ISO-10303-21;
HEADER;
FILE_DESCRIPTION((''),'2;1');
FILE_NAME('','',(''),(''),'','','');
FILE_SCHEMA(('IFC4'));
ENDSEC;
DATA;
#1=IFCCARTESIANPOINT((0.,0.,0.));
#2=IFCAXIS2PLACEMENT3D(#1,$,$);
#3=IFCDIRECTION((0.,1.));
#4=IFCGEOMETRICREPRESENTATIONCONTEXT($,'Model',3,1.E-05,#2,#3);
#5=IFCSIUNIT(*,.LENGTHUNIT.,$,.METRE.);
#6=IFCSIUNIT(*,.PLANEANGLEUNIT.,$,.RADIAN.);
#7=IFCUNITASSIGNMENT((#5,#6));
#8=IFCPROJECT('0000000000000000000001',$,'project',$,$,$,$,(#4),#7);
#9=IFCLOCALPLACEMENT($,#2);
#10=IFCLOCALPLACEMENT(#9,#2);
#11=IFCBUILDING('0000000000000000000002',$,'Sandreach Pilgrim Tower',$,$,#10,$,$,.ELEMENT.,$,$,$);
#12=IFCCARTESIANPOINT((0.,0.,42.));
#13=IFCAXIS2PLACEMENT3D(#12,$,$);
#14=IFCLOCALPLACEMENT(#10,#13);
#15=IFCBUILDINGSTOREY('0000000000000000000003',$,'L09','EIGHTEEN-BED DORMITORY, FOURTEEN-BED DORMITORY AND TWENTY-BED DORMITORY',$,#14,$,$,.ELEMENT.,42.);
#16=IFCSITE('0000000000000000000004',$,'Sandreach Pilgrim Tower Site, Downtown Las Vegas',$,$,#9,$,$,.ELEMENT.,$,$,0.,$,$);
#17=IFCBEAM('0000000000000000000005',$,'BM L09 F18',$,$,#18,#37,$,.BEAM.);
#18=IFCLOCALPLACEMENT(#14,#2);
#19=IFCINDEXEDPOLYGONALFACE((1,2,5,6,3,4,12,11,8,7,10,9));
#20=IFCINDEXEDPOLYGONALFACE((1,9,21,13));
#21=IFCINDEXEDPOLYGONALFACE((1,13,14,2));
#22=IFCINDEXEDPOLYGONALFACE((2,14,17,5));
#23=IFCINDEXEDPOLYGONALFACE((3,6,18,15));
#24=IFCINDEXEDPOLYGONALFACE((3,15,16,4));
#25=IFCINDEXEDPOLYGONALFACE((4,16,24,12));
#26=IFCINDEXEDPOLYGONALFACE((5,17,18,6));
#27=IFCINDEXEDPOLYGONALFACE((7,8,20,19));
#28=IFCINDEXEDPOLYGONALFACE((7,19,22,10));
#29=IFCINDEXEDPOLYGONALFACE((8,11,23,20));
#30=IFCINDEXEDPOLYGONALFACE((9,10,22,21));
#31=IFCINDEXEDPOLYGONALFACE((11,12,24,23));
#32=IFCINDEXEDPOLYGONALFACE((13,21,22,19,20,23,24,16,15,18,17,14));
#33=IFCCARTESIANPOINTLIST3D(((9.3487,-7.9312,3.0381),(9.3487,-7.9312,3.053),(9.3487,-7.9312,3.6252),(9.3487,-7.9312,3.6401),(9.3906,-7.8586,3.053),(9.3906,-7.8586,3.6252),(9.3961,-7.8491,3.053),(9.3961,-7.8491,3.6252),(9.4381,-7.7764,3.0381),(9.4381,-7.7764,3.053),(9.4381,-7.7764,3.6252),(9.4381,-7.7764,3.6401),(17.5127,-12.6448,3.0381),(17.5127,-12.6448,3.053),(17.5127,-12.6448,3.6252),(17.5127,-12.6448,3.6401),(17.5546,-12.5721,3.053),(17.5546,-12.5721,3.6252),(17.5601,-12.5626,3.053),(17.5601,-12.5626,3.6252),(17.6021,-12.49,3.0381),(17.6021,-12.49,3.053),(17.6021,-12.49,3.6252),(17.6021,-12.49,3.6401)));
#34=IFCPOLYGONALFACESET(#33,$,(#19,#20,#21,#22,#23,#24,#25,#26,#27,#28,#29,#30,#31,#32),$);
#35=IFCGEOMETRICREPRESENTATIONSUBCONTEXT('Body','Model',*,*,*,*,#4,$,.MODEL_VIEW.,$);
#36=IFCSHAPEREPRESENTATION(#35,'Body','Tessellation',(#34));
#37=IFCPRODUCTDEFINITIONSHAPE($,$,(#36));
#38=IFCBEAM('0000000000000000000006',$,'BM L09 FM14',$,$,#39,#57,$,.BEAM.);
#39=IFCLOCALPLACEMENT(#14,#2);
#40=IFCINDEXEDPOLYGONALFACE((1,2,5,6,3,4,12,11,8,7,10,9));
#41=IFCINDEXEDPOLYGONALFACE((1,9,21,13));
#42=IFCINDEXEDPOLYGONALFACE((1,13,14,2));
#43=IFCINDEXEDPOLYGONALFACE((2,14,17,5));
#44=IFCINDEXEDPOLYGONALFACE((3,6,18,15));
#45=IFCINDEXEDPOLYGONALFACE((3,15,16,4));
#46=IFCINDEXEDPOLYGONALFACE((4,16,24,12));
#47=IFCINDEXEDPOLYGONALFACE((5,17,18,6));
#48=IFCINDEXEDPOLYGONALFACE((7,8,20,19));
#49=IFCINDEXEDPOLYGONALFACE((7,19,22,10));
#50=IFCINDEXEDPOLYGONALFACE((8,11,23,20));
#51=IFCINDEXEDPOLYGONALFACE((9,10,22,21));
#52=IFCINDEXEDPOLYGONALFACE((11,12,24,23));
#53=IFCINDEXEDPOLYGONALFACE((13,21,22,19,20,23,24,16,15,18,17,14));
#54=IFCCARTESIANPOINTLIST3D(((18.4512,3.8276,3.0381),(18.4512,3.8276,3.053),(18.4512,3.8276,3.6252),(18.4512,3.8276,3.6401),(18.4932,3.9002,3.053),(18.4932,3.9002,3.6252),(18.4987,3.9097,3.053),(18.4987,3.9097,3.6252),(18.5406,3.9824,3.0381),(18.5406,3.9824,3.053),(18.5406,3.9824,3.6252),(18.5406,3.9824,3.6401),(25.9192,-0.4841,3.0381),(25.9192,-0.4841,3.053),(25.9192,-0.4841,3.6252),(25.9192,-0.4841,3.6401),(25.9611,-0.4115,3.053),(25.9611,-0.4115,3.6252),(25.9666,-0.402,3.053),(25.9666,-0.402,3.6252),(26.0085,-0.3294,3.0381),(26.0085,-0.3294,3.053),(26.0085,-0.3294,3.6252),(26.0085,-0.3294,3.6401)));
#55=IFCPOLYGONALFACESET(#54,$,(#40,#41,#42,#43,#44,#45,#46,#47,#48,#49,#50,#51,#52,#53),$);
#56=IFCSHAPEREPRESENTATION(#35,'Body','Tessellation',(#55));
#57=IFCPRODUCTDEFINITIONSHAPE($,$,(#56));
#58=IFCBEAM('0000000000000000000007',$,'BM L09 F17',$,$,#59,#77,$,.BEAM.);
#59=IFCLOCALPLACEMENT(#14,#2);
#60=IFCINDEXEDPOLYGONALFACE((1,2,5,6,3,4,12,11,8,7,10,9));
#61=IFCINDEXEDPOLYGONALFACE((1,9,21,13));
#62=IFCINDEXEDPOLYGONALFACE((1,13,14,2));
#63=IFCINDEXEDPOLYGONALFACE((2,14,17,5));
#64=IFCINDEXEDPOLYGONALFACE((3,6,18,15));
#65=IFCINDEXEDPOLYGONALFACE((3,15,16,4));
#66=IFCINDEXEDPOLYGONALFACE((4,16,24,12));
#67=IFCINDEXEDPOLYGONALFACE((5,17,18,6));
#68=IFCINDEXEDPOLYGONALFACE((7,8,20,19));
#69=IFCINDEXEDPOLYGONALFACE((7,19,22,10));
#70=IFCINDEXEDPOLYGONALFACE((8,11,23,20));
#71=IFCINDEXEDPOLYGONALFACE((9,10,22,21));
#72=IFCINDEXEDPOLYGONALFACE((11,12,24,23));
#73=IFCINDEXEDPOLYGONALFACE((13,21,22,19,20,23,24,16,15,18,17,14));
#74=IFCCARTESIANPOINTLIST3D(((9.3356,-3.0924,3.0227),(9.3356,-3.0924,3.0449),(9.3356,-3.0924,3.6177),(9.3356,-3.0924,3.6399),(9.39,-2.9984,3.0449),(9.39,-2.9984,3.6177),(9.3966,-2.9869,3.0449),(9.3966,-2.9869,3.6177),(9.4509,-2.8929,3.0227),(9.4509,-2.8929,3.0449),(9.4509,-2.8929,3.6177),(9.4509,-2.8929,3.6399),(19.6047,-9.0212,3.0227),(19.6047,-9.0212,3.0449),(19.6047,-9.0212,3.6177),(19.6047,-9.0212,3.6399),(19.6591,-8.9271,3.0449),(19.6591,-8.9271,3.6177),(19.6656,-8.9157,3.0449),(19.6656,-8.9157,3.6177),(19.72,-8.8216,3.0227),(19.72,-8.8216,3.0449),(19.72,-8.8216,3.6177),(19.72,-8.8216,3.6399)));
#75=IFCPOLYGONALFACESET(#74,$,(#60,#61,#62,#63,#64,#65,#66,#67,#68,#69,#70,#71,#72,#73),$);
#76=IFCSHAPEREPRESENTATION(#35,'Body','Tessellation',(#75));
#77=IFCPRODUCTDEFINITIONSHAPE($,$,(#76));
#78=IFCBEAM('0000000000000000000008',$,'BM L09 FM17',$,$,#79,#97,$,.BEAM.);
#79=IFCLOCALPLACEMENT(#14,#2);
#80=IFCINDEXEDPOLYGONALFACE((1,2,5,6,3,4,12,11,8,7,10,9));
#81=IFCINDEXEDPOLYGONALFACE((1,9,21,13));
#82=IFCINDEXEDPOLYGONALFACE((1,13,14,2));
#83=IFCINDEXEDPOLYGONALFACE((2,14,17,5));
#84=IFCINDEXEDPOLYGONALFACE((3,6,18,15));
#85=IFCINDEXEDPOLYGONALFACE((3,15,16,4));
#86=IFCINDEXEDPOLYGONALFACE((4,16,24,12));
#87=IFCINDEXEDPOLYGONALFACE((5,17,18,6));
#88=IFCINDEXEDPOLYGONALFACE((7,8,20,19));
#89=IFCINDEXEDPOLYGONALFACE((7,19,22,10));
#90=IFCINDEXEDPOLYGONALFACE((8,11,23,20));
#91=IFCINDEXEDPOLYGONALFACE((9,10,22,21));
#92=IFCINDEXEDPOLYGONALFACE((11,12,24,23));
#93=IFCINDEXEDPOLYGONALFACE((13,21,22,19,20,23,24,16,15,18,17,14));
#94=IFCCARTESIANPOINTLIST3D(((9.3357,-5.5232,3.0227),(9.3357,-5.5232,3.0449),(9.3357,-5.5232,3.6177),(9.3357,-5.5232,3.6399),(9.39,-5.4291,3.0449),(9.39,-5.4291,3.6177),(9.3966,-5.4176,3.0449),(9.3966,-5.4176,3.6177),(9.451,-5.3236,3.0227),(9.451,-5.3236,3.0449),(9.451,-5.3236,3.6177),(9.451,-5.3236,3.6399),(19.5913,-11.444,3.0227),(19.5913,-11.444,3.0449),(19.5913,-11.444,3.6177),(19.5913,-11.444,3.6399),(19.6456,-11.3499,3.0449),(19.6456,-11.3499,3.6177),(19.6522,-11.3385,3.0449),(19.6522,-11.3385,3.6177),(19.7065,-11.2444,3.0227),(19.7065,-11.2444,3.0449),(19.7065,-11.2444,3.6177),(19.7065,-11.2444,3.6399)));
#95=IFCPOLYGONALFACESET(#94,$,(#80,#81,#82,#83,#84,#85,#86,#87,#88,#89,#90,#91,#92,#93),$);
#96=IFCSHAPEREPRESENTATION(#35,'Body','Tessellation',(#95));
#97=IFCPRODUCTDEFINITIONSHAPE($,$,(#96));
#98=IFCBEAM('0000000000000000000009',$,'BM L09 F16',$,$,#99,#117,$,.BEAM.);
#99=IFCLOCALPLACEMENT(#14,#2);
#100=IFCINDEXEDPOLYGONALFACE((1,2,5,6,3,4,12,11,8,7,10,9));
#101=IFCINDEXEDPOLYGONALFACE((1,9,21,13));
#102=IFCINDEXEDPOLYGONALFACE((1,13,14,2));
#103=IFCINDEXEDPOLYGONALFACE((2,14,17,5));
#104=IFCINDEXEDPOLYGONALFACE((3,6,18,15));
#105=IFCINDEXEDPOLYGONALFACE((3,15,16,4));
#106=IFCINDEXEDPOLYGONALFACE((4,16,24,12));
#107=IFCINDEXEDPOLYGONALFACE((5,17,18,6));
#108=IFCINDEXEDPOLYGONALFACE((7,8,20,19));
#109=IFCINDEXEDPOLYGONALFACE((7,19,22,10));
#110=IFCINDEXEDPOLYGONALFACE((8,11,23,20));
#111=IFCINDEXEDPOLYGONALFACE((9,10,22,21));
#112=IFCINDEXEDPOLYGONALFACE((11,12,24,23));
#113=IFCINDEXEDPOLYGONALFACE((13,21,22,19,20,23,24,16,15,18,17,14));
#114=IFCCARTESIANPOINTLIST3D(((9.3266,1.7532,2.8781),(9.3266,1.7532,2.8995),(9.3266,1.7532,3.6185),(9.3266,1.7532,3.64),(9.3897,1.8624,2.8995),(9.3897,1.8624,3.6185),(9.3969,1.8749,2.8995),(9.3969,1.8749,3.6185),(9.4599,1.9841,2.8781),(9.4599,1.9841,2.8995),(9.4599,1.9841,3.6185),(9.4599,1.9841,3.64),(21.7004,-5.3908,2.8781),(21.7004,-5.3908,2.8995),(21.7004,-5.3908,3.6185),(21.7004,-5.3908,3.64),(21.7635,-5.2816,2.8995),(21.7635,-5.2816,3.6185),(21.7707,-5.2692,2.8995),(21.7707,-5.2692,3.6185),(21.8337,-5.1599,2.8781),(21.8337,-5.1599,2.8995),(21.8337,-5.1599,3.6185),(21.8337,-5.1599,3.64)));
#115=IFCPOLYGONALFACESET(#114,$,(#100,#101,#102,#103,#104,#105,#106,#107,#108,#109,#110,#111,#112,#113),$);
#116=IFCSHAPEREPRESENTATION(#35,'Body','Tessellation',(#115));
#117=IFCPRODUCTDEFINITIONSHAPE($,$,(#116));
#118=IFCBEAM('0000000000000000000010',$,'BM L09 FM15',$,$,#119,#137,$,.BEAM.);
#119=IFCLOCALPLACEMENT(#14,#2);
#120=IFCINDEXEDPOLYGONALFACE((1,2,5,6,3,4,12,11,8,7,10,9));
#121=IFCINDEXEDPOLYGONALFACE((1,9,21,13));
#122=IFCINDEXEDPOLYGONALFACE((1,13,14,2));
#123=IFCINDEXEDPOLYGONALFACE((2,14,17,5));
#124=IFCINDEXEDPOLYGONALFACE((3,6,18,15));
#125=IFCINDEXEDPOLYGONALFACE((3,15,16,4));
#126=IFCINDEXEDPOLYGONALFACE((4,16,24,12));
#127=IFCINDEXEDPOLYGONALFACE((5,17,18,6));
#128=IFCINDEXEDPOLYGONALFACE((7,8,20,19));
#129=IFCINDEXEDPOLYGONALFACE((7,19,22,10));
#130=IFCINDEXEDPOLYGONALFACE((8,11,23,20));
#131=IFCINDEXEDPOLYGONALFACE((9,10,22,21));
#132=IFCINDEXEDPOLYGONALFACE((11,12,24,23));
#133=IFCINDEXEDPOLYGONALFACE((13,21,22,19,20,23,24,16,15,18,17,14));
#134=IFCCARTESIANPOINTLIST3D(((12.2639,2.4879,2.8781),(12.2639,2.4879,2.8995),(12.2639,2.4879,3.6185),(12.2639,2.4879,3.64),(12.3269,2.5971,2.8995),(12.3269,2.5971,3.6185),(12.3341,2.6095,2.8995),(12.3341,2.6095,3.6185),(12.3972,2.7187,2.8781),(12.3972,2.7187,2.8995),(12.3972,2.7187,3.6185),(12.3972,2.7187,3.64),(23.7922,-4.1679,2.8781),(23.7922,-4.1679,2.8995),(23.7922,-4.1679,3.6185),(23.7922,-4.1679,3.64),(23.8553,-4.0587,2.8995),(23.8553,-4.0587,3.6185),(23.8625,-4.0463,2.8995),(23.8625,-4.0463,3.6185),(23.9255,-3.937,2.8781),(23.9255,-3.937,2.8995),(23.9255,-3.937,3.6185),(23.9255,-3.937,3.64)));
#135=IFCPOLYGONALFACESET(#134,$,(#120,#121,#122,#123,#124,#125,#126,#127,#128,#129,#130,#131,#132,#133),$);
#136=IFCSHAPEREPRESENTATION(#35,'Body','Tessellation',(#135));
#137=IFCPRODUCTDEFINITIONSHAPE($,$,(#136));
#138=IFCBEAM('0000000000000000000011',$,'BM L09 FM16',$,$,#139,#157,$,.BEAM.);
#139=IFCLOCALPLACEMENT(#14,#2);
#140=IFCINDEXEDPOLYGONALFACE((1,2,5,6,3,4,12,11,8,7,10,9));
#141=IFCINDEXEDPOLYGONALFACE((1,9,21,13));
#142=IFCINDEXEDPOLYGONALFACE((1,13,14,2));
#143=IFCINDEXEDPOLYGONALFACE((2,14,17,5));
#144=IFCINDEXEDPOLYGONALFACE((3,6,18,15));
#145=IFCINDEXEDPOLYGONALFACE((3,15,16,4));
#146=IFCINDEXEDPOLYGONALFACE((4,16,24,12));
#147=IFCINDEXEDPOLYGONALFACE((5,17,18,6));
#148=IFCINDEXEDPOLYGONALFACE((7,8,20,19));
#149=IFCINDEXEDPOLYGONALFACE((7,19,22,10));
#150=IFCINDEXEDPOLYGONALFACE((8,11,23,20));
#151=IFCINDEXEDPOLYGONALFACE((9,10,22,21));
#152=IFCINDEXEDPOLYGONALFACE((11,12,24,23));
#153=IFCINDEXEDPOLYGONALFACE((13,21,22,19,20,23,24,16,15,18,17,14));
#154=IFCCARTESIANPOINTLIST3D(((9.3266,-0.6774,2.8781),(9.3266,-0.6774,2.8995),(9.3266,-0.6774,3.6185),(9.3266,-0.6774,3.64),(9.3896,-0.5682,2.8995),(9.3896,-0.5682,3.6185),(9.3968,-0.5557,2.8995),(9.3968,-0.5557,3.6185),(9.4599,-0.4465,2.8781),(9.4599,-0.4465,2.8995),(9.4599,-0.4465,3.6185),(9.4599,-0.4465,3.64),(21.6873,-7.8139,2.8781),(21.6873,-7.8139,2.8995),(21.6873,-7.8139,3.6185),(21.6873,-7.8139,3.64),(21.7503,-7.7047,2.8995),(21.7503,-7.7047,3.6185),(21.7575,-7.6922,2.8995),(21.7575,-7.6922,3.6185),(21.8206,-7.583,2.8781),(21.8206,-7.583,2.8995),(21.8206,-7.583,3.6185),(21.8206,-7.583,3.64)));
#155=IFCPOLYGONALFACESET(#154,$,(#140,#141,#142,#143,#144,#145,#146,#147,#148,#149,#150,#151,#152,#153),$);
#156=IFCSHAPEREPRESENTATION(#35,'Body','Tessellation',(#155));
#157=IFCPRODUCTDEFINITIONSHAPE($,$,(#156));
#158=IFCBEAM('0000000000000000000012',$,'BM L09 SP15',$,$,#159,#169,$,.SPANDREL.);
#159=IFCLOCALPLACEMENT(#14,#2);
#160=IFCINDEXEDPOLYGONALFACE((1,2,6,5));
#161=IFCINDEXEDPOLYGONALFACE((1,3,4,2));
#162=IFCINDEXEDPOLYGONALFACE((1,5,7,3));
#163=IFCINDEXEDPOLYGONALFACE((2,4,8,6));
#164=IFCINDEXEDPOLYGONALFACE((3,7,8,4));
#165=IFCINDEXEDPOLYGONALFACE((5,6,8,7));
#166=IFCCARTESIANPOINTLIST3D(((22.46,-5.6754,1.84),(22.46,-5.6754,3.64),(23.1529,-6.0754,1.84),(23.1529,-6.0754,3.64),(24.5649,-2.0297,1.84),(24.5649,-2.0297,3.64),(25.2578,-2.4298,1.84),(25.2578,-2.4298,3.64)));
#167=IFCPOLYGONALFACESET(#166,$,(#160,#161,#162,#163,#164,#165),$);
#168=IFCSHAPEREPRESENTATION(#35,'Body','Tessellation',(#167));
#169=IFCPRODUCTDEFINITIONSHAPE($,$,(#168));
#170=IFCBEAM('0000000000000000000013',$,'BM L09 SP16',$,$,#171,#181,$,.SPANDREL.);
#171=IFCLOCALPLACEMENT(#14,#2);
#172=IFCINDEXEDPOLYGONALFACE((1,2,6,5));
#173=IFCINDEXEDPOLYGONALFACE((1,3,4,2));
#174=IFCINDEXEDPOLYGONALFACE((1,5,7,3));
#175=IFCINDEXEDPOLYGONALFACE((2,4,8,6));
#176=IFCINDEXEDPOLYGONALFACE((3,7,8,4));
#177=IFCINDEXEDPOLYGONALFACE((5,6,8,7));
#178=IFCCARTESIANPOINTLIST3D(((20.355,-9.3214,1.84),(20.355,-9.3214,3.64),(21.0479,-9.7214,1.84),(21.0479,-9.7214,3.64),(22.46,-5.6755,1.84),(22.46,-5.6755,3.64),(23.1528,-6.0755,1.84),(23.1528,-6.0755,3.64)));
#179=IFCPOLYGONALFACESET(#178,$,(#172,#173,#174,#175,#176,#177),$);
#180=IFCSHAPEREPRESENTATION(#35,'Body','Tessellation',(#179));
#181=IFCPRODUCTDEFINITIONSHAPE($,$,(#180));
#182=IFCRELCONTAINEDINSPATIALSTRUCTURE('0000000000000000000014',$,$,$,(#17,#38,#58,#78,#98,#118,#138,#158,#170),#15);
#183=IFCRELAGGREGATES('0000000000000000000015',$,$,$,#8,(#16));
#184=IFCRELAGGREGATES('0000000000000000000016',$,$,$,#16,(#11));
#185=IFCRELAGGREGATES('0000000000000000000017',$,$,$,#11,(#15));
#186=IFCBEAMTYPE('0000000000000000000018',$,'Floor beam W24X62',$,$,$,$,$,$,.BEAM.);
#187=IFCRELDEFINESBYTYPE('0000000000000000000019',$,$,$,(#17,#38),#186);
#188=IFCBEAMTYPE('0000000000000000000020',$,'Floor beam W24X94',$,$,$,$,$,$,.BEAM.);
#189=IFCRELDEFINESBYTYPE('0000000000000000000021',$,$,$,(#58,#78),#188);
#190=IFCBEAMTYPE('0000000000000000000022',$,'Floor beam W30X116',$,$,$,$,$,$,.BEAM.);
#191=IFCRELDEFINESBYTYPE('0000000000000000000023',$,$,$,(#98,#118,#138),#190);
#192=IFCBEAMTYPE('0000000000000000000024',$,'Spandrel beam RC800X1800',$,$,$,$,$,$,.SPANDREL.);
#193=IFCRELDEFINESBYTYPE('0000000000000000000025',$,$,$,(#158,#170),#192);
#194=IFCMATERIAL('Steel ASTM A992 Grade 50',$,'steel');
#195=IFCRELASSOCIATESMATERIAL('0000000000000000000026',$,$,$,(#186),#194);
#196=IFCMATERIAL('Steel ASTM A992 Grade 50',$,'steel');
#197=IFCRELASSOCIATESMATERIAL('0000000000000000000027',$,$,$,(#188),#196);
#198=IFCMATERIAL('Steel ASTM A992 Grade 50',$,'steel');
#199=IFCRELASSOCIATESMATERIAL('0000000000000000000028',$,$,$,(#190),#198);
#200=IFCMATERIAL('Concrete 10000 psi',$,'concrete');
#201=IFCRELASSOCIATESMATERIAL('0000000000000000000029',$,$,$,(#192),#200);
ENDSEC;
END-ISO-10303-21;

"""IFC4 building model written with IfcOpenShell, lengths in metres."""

from ifc_helpers import new_model, si_unit, direction, frame, origin, origin_2d, place, context, subcontext, project, spatial, rectangle, i_section, extrude, material, material_profile, profile_set, type_object, element, save


model = new_model("IFC4")

# Units and contexts
model_context = context("Model", 3, precision=1e-05, world=origin(), true_north=direction((0.0, 1.0)))
body_context = subcontext(model_context, "Body", "Model", "MODEL_VIEW")
ifc_project = project(units=[si_unit("LENGTHUNIT", "METRE"), si_unit("PLANEANGLEUNIT", "RADIAN")], contexts=[model_context])

# Site, building, storey
site_placement = place(None, origin())
site = spatial("IfcSite", under=ifc_project, at=site_placement, Name="Sandreach Pilgrim Tower Site, Downtown Las Vegas", CompositionType="ELEMENT", RefElevation=0.0)
building_placement = place(site_placement, origin())
building = spatial("IfcBuilding", under=site, at=building_placement, Name="Sandreach Pilgrim Tower", CompositionType="ELEMENT")
storey_placement = place(building_placement, frame((0.0, 0.0, 42.0)))
storey = spatial("IfcBuildingStorey", under=building, at=storey_placement, Name="L09", Description="EIGHTEEN-BED DORMITORY, FOURTEEN-BED DORMITORY AND TWENTY-BED DORMITORY", CompositionType="ELEMENT", Elevation=42.0)

# Beams
ifc_material_1 = material(Name="Steel ASTM A992 Grade 50", Category="steel")
ifc_material_profile_1 = material_profile(ifc_material_1, i_section(OverallWidth=0.1787, OverallDepth=0.6021, WebThickness=0.011, FlangeThickness=0.0149, at=origin_2d()), Name="W24X62")
ifc_profile_set_1 = profile_set([ifc_material_profile_1], Name="Steel ASTM A992 Grade 50")
beam_type_1 = type_object("IfcBeamType", Name="Floor beam W24X62", PredefinedType="BEAM", material=ifc_profile_set_1)
beam_1_placement = place(storey_placement, frame((17.5574, -12.5674, 3.3391), z_axis=(-0.866021, 0.500008, 0.0), x_axis=(-0.500008, -0.866021, 0.0)))
element("IfcBeam", 1, at=beam_1_placement, inside=storey, type_object=beam_type_1, Name="BM L09 F18", PredefinedType="BEAM", context=body_context, shape_type="SweptSolid", body=[
    extrude(i_section(OverallWidth=0.1787, OverallDepth=0.6021, WebThickness=0.011, FlangeThickness=0.0149, at=origin_2d()), origin(), (0.0, 0.0, 1.0), 9.427),
])
beam_2_placement = place(storey_placement, frame((25.9639, -0.4067, 3.3391), z_axis=(-0.86602, 0.500009, 0.0), x_axis=(-0.500009, -0.86602, 0.0)))
element("IfcBeam", 2, at=beam_2_placement, inside=storey, type_object=beam_type_1, Name="BM L09 FM14", PredefinedType="BEAM", context=body_context, shape_type="SweptSolid", body=[
    extrude(i_section(OverallWidth=0.1787, OverallDepth=0.6021, WebThickness=0.011, FlangeThickness=0.0149, at=origin_2d()), origin(), (0.0, 0.0, 1.0), 8.6233),
])
ifc_material_2 = material(Name="Steel ASTM A992 Grade 50", Category="steel")
ifc_material_profile_2 = material_profile(ifc_material_2, i_section(OverallWidth=0.2305, OverallDepth=0.6172, WebThickness=0.0132, FlangeThickness=0.0222, at=origin_2d()), Name="W24X94")
ifc_profile_set_2 = profile_set([ifc_material_profile_2], Name="Steel ASTM A992 Grade 50")
beam_type_2 = type_object("IfcBeamType", Name="Floor beam W24X94", PredefinedType="BEAM", material=ifc_profile_set_2)
beam_3_placement = place(storey_placement, frame((19.6624, -8.9214, 3.3313), z_axis=(-0.86603, 0.499992, 0.0), x_axis=(-0.499992, -0.86603, 0.0)))
element("IfcBeam", 3, at=beam_3_placement, inside=storey, type_object=beam_type_2, Name="BM L09 F17", PredefinedType="BEAM", context=body_context, shape_type="SweptSolid", body=[
    extrude(i_section(OverallWidth=0.2305, OverallDepth=0.6172, WebThickness=0.0132, FlangeThickness=0.0222, at=origin_2d()), origin(), (0.0, 0.0, 1.0), 11.8577),
])
beam_4_placement = place(storey_placement, frame((19.6489, -11.3442, 3.3313), z_axis=(-0.866032, 0.499988, 0.0), x_axis=(-0.499988, -0.866032, 0.0)))
element("IfcBeam", 4, at=beam_4_placement, inside=storey, type_object=beam_type_2, Name="BM L09 FM17", PredefinedType="BEAM", context=body_context, shape_type="SweptSolid", body=[
    extrude(i_section(OverallWidth=0.2305, OverallDepth=0.6172, WebThickness=0.0132, FlangeThickness=0.0222, at=origin_2d()), origin(), (0.0, 0.0, 1.0), 11.842),
])
ifc_material_3 = material(Name="Steel ASTM A992 Grade 50", Category="steel")
ifc_material_profile_3 = material_profile(ifc_material_3, i_section(OverallWidth=0.2666, OverallDepth=0.762, WebThickness=0.0144, FlangeThickness=0.0215, at=origin_2d()), Name="W30X116")
ifc_profile_set_3 = profile_set([ifc_material_profile_3], Name="Steel ASTM A992 Grade 50")
beam_type_3 = type_object("IfcBeamType", Name="Floor beam W30X116", PredefinedType="BEAM", material=ifc_profile_set_3)
beam_5_placement = place(storey_placement, frame((21.7671, -5.2754, 3.259), z_axis=(-0.866024, 0.500002, 0.0), x_axis=(-0.500002, -0.866024, 0.0)))
element("IfcBeam", 5, at=beam_5_placement, inside=storey, type_object=beam_type_3, Name="BM L09 F16", PredefinedType="BEAM", context=body_context, shape_type="SweptSolid", body=[
    extrude(i_section(OverallWidth=0.2666, OverallDepth=0.762, WebThickness=0.0144, FlangeThickness=0.0215, at=origin_2d()), origin(), (0.0, 0.0, 1.0), 14.2881),
])
beam_6_placement = place(storey_placement, frame((23.8589, -4.0525, 3.259), z_axis=(-0.866029, 0.499993, 0.0), x_axis=(-0.499993, -0.866029, 0.0)))
element("IfcBeam", 6, at=beam_6_placement, inside=storey, type_object=beam_type_3, Name="BM L09 FM15", PredefinedType="BEAM", context=body_context, shape_type="SweptSolid", body=[
    extrude(i_section(OverallWidth=0.2666, OverallDepth=0.762, WebThickness=0.0144, FlangeThickness=0.0215, at=origin_2d()), origin(), (0.0, 0.0, 1.0), 13.3118),
])
beam_7_placement = place(storey_placement, frame((21.7539, -7.6985, 3.259), z_axis=(-0.866023, 0.500004, 0.0), x_axis=(-0.500004, -0.866023, 0.0)))
element("IfcBeam", 7, at=beam_7_placement, inside=storey, type_object=beam_type_3, Name="BM L09 FM16", PredefinedType="BEAM", context=body_context, shape_type="SweptSolid", body=[
    extrude(i_section(OverallWidth=0.2666, OverallDepth=0.762, WebThickness=0.0144, FlangeThickness=0.0215, at=origin_2d()), origin(), (0.0, 0.0, 1.0), 14.2729),
])
ifc_material_4 = material(Name="Concrete 10000 psi", Category="concrete")
ifc_material_profile_4 = material_profile(ifc_material_4, rectangle(XDim=0.8, YDim=1.8, at=origin_2d()), Name="RC800X1800")
ifc_profile_set_4 = profile_set([ifc_material_profile_4], Name="Concrete 10000 psi")
beam_type_4 = type_object("IfcBeamType", Name="Spandrel beam RC800X1800", PredefinedType="SPANDREL", material=ifc_profile_set_4)
beam_8_placement = place(storey_placement, frame((24.9114, -2.2297, 2.74), z_axis=(-0.500019, -0.866015, 0.0), x_axis=(0.866015, -0.500019, 0.0)))
element("IfcBeam", 8, at=beam_8_placement, inside=storey, type_object=beam_type_4, Name="BM L09 SP15", PredefinedType="SPANDREL", context=body_context, shape_type="SweptSolid", body=[
    extrude(rectangle(XDim=0.8, YDim=1.8, at=origin_2d()), origin(), (0.0, 0.0, 1.0), 4.2097),
])
beam_9_placement = place(storey_placement, frame((22.8064, -5.8755, 2.74), z_axis=(-0.499994, -0.866029, 0.0), x_axis=(0.866029, -0.499994, 0.0)))
element("IfcBeam", 9, at=beam_9_placement, inside=storey, type_object=beam_type_4, Name="BM L09 SP16", PredefinedType="SPANDREL", context=body_context, shape_type="SweptSolid", body=[
    extrude(rectangle(XDim=0.8, YDim=1.8, at=origin_2d()), origin(), (0.0, 0.0, 1.0), 4.21),
])

save(model, "model.ifc")
